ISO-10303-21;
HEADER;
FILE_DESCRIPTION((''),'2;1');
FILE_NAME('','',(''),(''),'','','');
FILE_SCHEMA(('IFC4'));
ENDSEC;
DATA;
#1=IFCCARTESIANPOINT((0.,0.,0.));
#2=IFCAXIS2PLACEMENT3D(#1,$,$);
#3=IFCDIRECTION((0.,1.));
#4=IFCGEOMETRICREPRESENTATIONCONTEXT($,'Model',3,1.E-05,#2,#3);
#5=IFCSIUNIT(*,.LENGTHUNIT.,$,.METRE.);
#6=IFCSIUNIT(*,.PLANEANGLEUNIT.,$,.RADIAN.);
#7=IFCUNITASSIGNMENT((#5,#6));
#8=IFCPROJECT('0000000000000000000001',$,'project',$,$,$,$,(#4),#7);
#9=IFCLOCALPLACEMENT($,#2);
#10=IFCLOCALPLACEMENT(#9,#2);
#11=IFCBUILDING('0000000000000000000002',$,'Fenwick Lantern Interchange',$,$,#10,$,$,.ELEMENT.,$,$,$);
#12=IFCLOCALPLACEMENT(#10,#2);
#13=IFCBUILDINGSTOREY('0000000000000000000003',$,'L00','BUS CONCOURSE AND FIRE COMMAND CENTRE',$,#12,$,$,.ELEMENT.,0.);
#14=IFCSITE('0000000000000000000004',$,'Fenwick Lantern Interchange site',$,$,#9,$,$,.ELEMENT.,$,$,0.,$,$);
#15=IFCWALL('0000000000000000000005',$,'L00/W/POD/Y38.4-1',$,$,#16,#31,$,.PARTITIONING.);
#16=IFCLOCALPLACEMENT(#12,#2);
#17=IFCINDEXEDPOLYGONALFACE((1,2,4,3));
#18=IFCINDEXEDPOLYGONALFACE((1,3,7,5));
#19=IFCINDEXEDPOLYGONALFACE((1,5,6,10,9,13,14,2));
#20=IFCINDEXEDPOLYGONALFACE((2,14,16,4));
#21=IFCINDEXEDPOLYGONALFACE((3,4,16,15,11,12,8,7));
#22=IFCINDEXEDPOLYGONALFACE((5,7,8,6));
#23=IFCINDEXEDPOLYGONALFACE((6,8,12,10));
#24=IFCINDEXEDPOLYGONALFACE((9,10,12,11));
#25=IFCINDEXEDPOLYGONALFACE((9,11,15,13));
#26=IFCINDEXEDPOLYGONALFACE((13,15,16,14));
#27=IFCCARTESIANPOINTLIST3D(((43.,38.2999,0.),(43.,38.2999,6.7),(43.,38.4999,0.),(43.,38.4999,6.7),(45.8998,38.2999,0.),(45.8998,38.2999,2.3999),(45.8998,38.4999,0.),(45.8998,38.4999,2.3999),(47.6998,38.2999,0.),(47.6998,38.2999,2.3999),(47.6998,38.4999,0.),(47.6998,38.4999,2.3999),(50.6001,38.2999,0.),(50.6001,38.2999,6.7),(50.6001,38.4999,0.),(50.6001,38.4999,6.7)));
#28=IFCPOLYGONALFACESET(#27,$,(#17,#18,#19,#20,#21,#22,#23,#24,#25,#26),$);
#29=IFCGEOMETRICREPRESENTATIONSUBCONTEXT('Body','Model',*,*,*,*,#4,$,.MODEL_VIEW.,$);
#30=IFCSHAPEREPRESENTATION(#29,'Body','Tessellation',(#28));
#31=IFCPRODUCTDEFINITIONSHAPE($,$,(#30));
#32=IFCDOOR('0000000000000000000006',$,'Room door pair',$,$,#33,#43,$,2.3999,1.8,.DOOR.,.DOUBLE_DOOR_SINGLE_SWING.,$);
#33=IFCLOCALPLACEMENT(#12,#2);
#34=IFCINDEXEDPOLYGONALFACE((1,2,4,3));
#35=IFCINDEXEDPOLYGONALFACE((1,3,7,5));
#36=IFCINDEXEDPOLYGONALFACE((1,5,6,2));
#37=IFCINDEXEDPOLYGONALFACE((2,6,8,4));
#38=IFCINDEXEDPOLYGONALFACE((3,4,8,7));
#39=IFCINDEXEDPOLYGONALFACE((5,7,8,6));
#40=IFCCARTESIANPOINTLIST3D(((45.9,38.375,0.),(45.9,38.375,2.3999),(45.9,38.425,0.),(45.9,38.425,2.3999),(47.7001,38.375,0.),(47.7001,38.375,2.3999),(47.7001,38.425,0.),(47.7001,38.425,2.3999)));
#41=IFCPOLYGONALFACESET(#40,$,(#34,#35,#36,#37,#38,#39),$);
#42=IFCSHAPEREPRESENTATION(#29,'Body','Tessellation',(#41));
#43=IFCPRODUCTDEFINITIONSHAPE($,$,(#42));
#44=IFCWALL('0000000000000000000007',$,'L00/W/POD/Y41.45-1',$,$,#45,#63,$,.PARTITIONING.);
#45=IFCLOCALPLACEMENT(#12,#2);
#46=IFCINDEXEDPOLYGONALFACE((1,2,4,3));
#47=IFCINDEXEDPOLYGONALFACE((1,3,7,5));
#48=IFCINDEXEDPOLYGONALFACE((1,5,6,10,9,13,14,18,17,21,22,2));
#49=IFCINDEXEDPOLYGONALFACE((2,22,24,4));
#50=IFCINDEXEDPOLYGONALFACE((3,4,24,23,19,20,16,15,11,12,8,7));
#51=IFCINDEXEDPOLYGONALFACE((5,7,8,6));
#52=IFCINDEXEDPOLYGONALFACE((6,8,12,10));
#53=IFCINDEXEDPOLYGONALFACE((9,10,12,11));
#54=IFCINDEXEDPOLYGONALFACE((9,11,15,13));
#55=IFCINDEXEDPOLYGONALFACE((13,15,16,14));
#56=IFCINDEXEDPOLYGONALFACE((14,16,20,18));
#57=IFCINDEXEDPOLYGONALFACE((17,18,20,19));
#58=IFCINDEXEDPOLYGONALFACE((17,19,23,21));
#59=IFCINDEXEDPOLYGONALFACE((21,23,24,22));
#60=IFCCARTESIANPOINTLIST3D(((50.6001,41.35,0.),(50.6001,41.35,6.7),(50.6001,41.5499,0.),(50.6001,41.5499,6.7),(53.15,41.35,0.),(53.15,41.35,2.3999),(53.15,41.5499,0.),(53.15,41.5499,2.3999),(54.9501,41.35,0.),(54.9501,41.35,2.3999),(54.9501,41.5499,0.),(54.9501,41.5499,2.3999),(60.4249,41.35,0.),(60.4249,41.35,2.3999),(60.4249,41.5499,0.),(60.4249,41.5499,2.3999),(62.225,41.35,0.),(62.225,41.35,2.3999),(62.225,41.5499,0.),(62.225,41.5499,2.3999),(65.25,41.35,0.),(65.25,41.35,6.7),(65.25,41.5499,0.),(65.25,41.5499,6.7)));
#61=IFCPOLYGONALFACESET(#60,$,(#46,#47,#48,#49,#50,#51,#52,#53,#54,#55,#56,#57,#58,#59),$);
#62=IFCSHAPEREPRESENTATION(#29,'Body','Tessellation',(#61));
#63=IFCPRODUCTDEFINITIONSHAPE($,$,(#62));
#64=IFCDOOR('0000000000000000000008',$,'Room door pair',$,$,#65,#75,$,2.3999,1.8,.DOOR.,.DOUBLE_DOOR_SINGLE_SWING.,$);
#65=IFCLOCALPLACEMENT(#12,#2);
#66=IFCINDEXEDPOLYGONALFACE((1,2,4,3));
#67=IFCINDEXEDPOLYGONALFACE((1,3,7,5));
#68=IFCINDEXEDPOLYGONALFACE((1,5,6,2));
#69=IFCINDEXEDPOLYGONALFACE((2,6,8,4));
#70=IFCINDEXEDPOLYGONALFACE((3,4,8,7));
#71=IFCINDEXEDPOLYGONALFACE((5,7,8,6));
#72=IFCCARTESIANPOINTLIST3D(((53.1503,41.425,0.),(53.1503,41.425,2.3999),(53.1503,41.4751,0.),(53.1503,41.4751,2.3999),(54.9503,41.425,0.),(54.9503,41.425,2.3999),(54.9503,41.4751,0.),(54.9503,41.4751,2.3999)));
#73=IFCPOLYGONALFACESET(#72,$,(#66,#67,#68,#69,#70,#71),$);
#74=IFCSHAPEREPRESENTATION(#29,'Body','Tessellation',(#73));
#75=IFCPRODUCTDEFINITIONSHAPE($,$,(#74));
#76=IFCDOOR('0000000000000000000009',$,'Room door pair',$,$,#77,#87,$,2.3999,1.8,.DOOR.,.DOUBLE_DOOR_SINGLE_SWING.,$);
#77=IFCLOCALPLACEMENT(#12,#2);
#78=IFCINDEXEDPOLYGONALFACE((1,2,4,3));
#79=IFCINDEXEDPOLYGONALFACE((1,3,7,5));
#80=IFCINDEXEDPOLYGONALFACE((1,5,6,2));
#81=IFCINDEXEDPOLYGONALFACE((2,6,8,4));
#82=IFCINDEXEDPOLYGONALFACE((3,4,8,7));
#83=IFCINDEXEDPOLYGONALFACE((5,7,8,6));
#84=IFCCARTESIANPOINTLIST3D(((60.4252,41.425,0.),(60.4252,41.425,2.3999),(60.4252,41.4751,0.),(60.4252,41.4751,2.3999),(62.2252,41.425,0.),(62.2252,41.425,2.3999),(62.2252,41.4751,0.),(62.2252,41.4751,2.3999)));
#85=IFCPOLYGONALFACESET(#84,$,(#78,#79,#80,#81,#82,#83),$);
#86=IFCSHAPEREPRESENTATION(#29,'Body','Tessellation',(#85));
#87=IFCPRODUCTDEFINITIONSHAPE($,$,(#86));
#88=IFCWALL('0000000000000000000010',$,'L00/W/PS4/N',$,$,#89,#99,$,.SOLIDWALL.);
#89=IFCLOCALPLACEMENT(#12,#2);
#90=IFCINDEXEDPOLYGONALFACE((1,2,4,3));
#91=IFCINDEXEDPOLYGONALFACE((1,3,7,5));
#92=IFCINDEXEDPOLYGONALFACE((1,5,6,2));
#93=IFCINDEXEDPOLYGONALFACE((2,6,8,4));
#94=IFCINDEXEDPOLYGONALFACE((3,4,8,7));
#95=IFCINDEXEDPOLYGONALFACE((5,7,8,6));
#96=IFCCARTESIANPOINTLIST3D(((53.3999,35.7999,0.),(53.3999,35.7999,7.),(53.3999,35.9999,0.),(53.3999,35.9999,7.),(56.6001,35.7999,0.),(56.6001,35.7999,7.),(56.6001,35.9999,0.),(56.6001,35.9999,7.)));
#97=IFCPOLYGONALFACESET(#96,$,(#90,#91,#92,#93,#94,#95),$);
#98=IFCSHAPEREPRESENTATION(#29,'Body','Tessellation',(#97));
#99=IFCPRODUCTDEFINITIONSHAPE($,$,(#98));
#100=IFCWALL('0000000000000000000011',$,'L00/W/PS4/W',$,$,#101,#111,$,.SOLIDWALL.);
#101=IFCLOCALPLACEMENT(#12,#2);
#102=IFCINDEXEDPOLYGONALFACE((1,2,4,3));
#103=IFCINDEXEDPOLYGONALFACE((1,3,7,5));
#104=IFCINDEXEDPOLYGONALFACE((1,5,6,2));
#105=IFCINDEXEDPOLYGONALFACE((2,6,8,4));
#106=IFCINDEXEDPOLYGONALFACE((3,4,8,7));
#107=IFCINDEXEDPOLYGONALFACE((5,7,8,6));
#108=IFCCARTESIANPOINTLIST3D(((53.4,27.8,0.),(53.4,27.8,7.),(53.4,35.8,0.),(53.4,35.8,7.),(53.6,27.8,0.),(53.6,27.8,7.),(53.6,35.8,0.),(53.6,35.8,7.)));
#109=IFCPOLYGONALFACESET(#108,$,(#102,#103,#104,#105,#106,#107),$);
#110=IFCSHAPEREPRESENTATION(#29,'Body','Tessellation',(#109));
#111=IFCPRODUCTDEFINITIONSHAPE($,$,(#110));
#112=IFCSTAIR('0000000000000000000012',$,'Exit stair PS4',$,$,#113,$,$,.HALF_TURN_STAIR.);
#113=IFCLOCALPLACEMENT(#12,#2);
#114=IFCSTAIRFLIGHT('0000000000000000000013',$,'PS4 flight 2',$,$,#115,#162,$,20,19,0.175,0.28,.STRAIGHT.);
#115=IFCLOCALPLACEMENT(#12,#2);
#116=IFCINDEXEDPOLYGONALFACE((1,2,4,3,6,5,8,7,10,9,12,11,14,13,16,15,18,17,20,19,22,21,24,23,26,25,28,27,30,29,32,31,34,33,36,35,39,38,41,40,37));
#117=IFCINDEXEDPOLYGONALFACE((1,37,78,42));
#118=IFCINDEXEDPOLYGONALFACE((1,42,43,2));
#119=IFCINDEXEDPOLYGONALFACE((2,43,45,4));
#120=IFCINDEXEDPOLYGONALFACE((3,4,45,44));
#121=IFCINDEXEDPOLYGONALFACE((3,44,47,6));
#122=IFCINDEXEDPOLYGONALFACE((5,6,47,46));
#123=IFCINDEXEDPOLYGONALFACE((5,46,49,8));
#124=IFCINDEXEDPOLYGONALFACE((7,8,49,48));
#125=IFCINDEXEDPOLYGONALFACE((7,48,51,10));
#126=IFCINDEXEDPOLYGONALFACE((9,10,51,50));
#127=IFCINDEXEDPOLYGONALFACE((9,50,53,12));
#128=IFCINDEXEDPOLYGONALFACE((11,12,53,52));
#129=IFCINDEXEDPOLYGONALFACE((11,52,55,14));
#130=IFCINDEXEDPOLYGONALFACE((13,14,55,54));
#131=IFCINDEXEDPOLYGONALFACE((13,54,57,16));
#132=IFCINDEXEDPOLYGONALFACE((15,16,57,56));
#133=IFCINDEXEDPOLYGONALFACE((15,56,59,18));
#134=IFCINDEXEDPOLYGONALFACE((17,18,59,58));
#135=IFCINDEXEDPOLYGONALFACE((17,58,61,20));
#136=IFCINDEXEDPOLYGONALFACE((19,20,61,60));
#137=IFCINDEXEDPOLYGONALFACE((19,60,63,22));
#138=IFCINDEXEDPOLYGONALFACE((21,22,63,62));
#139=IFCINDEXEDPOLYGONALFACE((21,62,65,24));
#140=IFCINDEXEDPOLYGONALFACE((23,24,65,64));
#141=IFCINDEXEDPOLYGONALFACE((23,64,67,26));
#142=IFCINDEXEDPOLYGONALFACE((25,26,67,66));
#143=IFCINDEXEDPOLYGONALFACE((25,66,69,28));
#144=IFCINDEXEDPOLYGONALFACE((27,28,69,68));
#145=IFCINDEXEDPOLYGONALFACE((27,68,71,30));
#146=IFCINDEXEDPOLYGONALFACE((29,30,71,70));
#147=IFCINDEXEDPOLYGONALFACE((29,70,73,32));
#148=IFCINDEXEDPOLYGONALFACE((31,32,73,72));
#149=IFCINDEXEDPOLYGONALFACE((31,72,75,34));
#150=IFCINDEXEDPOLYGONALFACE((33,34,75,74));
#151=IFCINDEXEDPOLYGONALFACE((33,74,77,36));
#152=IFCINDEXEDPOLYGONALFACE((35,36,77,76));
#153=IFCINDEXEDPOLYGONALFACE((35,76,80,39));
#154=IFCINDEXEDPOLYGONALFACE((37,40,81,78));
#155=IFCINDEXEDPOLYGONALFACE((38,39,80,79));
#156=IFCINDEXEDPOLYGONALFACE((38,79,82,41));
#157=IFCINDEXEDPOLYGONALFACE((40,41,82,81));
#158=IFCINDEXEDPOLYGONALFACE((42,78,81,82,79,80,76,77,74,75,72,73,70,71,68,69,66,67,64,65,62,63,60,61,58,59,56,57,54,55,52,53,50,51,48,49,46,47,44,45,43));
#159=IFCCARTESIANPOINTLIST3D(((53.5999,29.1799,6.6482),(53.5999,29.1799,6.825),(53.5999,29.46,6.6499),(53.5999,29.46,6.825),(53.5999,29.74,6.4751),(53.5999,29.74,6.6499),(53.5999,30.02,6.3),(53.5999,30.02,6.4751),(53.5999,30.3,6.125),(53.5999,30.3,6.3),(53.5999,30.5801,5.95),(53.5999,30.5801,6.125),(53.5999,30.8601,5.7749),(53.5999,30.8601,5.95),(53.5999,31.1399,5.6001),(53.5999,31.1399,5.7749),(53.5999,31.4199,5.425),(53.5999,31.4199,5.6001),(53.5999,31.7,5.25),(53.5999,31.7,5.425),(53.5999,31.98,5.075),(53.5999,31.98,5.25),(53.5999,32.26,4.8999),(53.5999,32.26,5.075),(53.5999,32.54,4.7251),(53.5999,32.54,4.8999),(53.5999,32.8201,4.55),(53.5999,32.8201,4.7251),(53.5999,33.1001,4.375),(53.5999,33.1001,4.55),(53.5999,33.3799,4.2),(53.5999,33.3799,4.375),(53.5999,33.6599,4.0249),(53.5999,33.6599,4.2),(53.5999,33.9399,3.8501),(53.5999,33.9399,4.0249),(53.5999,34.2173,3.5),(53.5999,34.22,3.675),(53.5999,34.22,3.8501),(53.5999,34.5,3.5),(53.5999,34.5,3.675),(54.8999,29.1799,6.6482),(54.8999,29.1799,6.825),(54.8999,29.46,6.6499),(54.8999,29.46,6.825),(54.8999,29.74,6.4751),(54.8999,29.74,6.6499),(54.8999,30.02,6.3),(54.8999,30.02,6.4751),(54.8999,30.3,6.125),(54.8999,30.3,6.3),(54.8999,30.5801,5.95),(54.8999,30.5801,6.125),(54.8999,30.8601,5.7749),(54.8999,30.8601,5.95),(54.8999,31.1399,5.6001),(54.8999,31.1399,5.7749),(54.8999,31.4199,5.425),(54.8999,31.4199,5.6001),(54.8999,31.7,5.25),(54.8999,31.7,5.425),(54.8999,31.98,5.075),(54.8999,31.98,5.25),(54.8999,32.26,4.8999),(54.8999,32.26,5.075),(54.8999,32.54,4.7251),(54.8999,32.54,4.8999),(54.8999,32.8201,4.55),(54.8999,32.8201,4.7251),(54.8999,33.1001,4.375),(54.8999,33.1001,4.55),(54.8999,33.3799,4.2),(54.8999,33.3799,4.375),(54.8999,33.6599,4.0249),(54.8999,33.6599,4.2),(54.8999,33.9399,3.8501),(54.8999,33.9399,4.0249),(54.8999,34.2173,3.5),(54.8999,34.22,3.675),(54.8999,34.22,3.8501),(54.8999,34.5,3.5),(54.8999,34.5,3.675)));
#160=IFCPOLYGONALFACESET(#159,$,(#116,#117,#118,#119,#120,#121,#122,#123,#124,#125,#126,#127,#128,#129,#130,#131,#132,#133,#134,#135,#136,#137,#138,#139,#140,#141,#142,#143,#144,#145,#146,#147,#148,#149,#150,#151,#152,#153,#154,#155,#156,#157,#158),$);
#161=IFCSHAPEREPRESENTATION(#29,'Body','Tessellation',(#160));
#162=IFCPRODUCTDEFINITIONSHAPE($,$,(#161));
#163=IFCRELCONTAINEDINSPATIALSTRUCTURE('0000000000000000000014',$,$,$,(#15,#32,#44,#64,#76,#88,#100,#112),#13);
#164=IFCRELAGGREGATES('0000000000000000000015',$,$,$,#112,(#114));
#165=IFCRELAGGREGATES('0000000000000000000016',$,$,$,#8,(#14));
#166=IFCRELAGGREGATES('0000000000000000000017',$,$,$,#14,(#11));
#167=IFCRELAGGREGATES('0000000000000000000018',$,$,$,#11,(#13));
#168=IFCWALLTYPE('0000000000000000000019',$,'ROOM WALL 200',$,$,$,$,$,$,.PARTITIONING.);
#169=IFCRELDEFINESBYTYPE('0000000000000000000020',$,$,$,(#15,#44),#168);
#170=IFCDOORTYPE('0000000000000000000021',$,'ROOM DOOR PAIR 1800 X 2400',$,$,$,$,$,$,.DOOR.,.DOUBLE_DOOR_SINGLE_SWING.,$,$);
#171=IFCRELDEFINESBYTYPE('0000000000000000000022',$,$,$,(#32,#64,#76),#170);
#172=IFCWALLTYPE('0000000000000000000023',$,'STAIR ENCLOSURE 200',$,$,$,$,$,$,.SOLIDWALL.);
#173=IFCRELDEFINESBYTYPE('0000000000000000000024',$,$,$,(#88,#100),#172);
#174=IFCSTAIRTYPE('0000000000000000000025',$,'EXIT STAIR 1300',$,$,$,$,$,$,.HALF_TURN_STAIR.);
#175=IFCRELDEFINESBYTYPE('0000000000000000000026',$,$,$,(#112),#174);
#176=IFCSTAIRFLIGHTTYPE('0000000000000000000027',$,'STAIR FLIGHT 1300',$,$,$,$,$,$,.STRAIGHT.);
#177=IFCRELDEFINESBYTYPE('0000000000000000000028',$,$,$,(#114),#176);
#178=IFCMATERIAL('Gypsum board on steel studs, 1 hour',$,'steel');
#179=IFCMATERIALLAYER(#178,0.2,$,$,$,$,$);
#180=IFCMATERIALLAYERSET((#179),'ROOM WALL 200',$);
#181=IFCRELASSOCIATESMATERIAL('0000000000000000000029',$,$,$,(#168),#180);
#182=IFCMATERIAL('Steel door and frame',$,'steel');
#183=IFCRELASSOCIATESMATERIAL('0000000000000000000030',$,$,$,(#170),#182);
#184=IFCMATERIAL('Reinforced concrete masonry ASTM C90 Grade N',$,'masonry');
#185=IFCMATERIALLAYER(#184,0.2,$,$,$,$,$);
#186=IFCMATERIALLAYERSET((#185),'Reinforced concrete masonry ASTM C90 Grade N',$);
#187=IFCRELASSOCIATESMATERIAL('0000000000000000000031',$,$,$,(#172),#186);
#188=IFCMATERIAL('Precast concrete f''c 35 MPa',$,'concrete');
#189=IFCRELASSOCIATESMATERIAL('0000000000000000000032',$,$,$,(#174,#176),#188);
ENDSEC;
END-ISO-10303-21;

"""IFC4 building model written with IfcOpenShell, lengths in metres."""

from ifc_helpers import new_model, si_unit, direction, frame, frame_2d, origin, place, context, subcontext, project, spatial, polyline, rectangle, outline, extrude, material, layer, layer_set, type_object, element, fill, aggregate, save


model = new_model("IFC4")

# Units and contexts
model_context = context("Model", 3, precision=1e-05, world=origin(), true_north=direction((0.0, 1.0)))
body_context = subcontext(model_context, "Body", "Model", "MODEL_VIEW")
ifc_project = project(units=[si_unit("LENGTHUNIT", "METRE"), si_unit("PLANEANGLEUNIT", "RADIAN")], contexts=[model_context])

# Site, building, storey
site_placement = place(None, origin())
site = spatial("IfcSite", under=ifc_project, at=site_placement, Name="Fenwick Lantern Interchange site", CompositionType="ELEMENT", RefElevation=0.0)
building_placement = place(site_placement, origin())
building = spatial("IfcBuilding", under=site, at=building_placement, Name="Fenwick Lantern Interchange", CompositionType="ELEMENT")
storey_placement = place(building_placement, origin())
storey = spatial("IfcBuildingStorey", under=building, at=storey_placement, Name="L00", Description="BUS CONCOURSE AND FIRE COMMAND CENTRE", CompositionType="ELEMENT", Elevation=0.0)

# Shared definitions
ifc_material_1 = material(Name="Gypsum board on steel studs, 1 hour", Category="steel")
ifc_layer_1 = layer(ifc_material_1, 0.2)
ifc_layer_set_1 = layer_set([ifc_layer_1], Name="ROOM WALL 200")
wall_type_1 = type_object("IfcWallType", Name="ROOM WALL 200", PredefinedType="PARTITIONING", material=ifc_layer_set_1)

# Wall, opening, door
wall_1_placement = place(storey_placement, frame((43.0, 38.3999, 0.0), z_axis=(0.0, 0.0, 1.0), x_axis=(1.0, 0.0, 0.0)))
wall_1 = element("IfcWall", 1, at=wall_1_placement, inside=storey, type_object=wall_type_1, Name="L00/W/POD/Y38.4-1", PredefinedType="PARTITIONING", context=body_context, shape_type="SweptSolid", body=[
    extrude(rectangle(XDim=7.6001, YDim=0.2, at=frame_2d((3.8, 0.0))), origin(), (0.0, 0.0, 1.0), 6.7),
])
opening_1_placement = place(wall_1_placement, frame((2.8999, 0.0, 0.0)))
opening_1 = element("IfcOpeningElement", 2, at=opening_1_placement, cuts=wall_1, PredefinedType="OPENING", context=body_context, shape_type="SweptSolid", body=[
    extrude(rectangle(XDim=1.8, YDim=2.3999, at=frame_2d((0.8999, 1.2))), frame((0.0, 0.1099, 0.0), z_axis=(0.0, -1.0, 0.0), x_axis=(1.0, 0.0, 0.0)), (0.0, 0.0, 1.0), 0.22),
])
ifc_material_2 = material(Name="Steel door and frame", Category="steel")
door_type = type_object("IfcDoorType", Name="ROOM DOOR PAIR 1800 X 2400", OperationType="DOUBLE_DOOR_SINGLE_SWING", PredefinedType="DOOR", material=ifc_material_2)
door_1_placement = place(opening_1_placement, frame((1.8, 0.0, 0.0), z_axis=(0.0, 0.0, 1.0), x_axis=(-1.0, 0.0, 0.0)))
door_1 = element("IfcDoor", 3, at=door_1_placement, inside=storey, type_object=door_type, Name="Room door pair", OperationType="DOUBLE_DOOR_SINGLE_SWING", OverallHeight=2.3999, OverallWidth=1.8, PredefinedType="DOOR", context=body_context, shape_type="SweptSolid", body=[
    extrude(rectangle(XDim=1.8, YDim=2.3999, at=frame_2d((0.8999, 1.2))), frame((0.0, 0.0249, 0.0), z_axis=(0.0, -1.0, 0.0), x_axis=(1.0, 0.0, 0.0)), (0.0, 0.0, 1.0), 0.05),
])
fill(opening_1, door_1)

# Wall, openings, doors
wall_2_placement = place(storey_placement, frame((50.6001, 41.45, 0.0), z_axis=(0.0, 0.0, 1.0), x_axis=(1.0, 0.0, 0.0)))
wall_2 = element("IfcWall", 4, at=wall_2_placement, inside=storey, type_object=wall_type_1, Name="L00/W/POD/Y41.45-1", PredefinedType="PARTITIONING", context=body_context, shape_type="SweptSolid", body=[
    extrude(rectangle(XDim=14.6499, YDim=0.2, at=frame_2d((7.325, 0.0))), origin(), (0.0, 0.0, 1.0), 6.7),
])
opening_2_placement = place(wall_2_placement, frame((2.55, 0.0, 0.0)))
opening_2 = element("IfcOpeningElement", 5, at=opening_2_placement, cuts=wall_2, PredefinedType="OPENING", context=body_context, shape_type="SweptSolid", body=[
    extrude(rectangle(XDim=1.8, YDim=2.3999, at=frame_2d((0.8999, 1.2))), frame((0.0, 0.1099, 0.0), z_axis=(0.0, -1.0, 0.0), x_axis=(1.0, 0.0, 0.0)), (0.0, 0.0, 1.0), 0.22),
])
opening_3_placement = place(wall_2_placement, frame((9.825, 0.0, 0.0)))
opening_3 = element("IfcOpeningElement", 6, at=opening_3_placement, cuts=wall_2, PredefinedType="OPENING", context=body_context, shape_type="SweptSolid", body=[
    extrude(rectangle(XDim=1.8, YDim=2.3999, at=frame_2d((0.8999, 1.2))), frame((0.0, 0.1099, 0.0), z_axis=(0.0, -1.0, 0.0), x_axis=(1.0, 0.0, 0.0)), (0.0, 0.0, 1.0), 0.22),
])
door_2_placement = place(opening_2_placement, frame((1.8, 0.0, 0.0), z_axis=(0.0, 0.0, 1.0), x_axis=(-1.0, 0.0, 0.0)))
door_2 = element("IfcDoor", 7, at=door_2_placement, inside=storey, type_object=door_type, Name="Room door pair", OperationType="DOUBLE_DOOR_SINGLE_SWING", OverallHeight=2.3999, OverallWidth=1.8, PredefinedType="DOOR", context=body_context, shape_type="SweptSolid", body=[
    extrude(rectangle(XDim=1.8, YDim=2.3999, at=frame_2d((0.8999, 1.2))), frame((0.0, 0.0249, 0.0), z_axis=(0.0, -1.0, 0.0), x_axis=(1.0, 0.0, 0.0)), (0.0, 0.0, 1.0), 0.05),
])
fill(opening_2, door_2)
door_3_placement = place(opening_3_placement, frame((1.8, 0.0, 0.0), z_axis=(0.0, 0.0, 1.0), x_axis=(-1.0, 0.0, 0.0)))
door_3 = element("IfcDoor", 8, at=door_3_placement, inside=storey, type_object=door_type, Name="Room door pair", OperationType="DOUBLE_DOOR_SINGLE_SWING", OverallHeight=2.3999, OverallWidth=1.8, PredefinedType="DOOR", context=body_context, shape_type="SweptSolid", body=[
    extrude(rectangle(XDim=1.8, YDim=2.3999, at=frame_2d((0.8999, 1.2))), frame((0.0, 0.0249, 0.0), z_axis=(0.0, -1.0, 0.0), x_axis=(1.0, 0.0, 0.0)), (0.0, 0.0, 1.0), 0.05),
])
fill(opening_3, door_3)

# Walls
ifc_material_3 = material(Name="Reinforced concrete masonry ASTM C90 Grade N", Category="masonry")
ifc_layer_2 = layer(ifc_material_3, 0.2)
ifc_layer_set_2 = layer_set([ifc_layer_2], Name="Reinforced concrete masonry ASTM C90 Grade N")
wall_type_2 = type_object("IfcWallType", Name="STAIR ENCLOSURE 200", PredefinedType="SOLIDWALL", material=ifc_layer_set_2)
wall_3_placement = place(storey_placement, frame((56.6001, 35.8999, 0.0), z_axis=(0.0, 0.0, 1.0), x_axis=(-1.0, 0.0, 0.0)))
element("IfcWall", 9, at=wall_3_placement, inside=storey, type_object=wall_type_2, Name="L00/W/PS4/N", PredefinedType="SOLIDWALL", context=body_context, shape_type="SweptSolid", body=[
    extrude(rectangle(XDim=3.2002, YDim=0.2, at=frame_2d((1.6001, 0.0))), origin(), (0.0, 0.0, 1.0), 7.0),
])
wall_4_placement = place(storey_placement, frame((53.5, 35.8, 0.0), z_axis=(0.0, 0.0, 1.0), x_axis=(0.0, -1.0, 0.0)))
element("IfcWall", 10, at=wall_4_placement, inside=storey, type_object=wall_type_2, Name="L00/W/PS4/W", PredefinedType="SOLIDWALL", context=body_context, shape_type="SweptSolid", body=[
    extrude(rectangle(XDim=8.0, YDim=0.2, at=frame_2d((4.0, 0.0))), origin(), (0.0, 0.0, 1.0), 7.0),
])

# Stair, stair flight
ifc_material_4 = material(Name="Precast concrete f'c 35 MPa", Category="concrete")
stair_type = type_object("IfcStairType", Name="EXIT STAIR 1300", PredefinedType="HALF_TURN_STAIR", material=ifc_material_4)
stair_placement = place(storey_placement, origin())
stair = element("IfcStair", 11, at=stair_placement, inside=storey, type_object=stair_type, Name="Exit stair PS4", PredefinedType="HALF_TURN_STAIR")
stair_flight_type = type_object("IfcStairFlightType", Name="STAIR FLIGHT 1300", PredefinedType="STRAIGHT", material=ifc_material_4)
stair_flight_placement = place(storey_placement, frame((54.25, 34.5, 3.5), z_axis=(0.0, 0.0, 1.0), x_axis=(0.0, -1.0, 0.0)))
stair_flight = element("IfcStairFlight", 12, at=stair_flight_placement, type_object=stair_flight_type, Name="PS4 flight 2", NumberOfRisers=20, NumberOfTreads=19, PredefinedType="STRAIGHT", RiserHeight=0.175, TreadLength=0.28, context=body_context, shape_type="SweptSolid", body=[
    extrude(outline(polyline([(0.0, 0.0), (0.0, 0.175), (0.28, 0.175), (0.28, 0.3501), (0.5601, 0.3501), (0.5601, 0.5249), (0.8401, 0.5249), (0.8401, 0.7), (1.1201, 0.7), (1.1201, 0.875), (1.3999, 0.875), (1.3999, 1.05), (1.6799, 1.05), (1.6799, 1.2251), (1.96, 1.2251), (1.96, 1.3999), (2.24, 1.3999), (2.24, 1.575), (2.52, 1.575), (2.52, 1.75), (2.8, 1.75), (2.8, 1.925), (3.0801, 1.925), (3.0801, 2.1001), (3.3601, 2.1001), (3.3601, 2.2749), (3.6399, 2.2749), (3.6399, 2.45), (3.9199, 2.45), (3.9199, 2.625), (4.2, 2.625), (4.2, 2.8), (4.48, 2.8), (4.48, 2.9751), (4.76, 2.9751), (4.76, 3.1499), (5.04, 3.1499), (5.04, 3.325), (5.3201, 3.325), (5.3201, 3.5), (5.3201, 3.1482), (0.2827, 0.0), (0.0, 0.0)])), frame((0.0, 0.6499, 0.0), z_axis=(0.0, -1.0, 0.0), x_axis=(1.0, 0.0, 0.0)), (0.0, 0.0, 1.0), 1.3),
])
aggregate(stair, [stair_flight])

save(model, "model.ifc")
